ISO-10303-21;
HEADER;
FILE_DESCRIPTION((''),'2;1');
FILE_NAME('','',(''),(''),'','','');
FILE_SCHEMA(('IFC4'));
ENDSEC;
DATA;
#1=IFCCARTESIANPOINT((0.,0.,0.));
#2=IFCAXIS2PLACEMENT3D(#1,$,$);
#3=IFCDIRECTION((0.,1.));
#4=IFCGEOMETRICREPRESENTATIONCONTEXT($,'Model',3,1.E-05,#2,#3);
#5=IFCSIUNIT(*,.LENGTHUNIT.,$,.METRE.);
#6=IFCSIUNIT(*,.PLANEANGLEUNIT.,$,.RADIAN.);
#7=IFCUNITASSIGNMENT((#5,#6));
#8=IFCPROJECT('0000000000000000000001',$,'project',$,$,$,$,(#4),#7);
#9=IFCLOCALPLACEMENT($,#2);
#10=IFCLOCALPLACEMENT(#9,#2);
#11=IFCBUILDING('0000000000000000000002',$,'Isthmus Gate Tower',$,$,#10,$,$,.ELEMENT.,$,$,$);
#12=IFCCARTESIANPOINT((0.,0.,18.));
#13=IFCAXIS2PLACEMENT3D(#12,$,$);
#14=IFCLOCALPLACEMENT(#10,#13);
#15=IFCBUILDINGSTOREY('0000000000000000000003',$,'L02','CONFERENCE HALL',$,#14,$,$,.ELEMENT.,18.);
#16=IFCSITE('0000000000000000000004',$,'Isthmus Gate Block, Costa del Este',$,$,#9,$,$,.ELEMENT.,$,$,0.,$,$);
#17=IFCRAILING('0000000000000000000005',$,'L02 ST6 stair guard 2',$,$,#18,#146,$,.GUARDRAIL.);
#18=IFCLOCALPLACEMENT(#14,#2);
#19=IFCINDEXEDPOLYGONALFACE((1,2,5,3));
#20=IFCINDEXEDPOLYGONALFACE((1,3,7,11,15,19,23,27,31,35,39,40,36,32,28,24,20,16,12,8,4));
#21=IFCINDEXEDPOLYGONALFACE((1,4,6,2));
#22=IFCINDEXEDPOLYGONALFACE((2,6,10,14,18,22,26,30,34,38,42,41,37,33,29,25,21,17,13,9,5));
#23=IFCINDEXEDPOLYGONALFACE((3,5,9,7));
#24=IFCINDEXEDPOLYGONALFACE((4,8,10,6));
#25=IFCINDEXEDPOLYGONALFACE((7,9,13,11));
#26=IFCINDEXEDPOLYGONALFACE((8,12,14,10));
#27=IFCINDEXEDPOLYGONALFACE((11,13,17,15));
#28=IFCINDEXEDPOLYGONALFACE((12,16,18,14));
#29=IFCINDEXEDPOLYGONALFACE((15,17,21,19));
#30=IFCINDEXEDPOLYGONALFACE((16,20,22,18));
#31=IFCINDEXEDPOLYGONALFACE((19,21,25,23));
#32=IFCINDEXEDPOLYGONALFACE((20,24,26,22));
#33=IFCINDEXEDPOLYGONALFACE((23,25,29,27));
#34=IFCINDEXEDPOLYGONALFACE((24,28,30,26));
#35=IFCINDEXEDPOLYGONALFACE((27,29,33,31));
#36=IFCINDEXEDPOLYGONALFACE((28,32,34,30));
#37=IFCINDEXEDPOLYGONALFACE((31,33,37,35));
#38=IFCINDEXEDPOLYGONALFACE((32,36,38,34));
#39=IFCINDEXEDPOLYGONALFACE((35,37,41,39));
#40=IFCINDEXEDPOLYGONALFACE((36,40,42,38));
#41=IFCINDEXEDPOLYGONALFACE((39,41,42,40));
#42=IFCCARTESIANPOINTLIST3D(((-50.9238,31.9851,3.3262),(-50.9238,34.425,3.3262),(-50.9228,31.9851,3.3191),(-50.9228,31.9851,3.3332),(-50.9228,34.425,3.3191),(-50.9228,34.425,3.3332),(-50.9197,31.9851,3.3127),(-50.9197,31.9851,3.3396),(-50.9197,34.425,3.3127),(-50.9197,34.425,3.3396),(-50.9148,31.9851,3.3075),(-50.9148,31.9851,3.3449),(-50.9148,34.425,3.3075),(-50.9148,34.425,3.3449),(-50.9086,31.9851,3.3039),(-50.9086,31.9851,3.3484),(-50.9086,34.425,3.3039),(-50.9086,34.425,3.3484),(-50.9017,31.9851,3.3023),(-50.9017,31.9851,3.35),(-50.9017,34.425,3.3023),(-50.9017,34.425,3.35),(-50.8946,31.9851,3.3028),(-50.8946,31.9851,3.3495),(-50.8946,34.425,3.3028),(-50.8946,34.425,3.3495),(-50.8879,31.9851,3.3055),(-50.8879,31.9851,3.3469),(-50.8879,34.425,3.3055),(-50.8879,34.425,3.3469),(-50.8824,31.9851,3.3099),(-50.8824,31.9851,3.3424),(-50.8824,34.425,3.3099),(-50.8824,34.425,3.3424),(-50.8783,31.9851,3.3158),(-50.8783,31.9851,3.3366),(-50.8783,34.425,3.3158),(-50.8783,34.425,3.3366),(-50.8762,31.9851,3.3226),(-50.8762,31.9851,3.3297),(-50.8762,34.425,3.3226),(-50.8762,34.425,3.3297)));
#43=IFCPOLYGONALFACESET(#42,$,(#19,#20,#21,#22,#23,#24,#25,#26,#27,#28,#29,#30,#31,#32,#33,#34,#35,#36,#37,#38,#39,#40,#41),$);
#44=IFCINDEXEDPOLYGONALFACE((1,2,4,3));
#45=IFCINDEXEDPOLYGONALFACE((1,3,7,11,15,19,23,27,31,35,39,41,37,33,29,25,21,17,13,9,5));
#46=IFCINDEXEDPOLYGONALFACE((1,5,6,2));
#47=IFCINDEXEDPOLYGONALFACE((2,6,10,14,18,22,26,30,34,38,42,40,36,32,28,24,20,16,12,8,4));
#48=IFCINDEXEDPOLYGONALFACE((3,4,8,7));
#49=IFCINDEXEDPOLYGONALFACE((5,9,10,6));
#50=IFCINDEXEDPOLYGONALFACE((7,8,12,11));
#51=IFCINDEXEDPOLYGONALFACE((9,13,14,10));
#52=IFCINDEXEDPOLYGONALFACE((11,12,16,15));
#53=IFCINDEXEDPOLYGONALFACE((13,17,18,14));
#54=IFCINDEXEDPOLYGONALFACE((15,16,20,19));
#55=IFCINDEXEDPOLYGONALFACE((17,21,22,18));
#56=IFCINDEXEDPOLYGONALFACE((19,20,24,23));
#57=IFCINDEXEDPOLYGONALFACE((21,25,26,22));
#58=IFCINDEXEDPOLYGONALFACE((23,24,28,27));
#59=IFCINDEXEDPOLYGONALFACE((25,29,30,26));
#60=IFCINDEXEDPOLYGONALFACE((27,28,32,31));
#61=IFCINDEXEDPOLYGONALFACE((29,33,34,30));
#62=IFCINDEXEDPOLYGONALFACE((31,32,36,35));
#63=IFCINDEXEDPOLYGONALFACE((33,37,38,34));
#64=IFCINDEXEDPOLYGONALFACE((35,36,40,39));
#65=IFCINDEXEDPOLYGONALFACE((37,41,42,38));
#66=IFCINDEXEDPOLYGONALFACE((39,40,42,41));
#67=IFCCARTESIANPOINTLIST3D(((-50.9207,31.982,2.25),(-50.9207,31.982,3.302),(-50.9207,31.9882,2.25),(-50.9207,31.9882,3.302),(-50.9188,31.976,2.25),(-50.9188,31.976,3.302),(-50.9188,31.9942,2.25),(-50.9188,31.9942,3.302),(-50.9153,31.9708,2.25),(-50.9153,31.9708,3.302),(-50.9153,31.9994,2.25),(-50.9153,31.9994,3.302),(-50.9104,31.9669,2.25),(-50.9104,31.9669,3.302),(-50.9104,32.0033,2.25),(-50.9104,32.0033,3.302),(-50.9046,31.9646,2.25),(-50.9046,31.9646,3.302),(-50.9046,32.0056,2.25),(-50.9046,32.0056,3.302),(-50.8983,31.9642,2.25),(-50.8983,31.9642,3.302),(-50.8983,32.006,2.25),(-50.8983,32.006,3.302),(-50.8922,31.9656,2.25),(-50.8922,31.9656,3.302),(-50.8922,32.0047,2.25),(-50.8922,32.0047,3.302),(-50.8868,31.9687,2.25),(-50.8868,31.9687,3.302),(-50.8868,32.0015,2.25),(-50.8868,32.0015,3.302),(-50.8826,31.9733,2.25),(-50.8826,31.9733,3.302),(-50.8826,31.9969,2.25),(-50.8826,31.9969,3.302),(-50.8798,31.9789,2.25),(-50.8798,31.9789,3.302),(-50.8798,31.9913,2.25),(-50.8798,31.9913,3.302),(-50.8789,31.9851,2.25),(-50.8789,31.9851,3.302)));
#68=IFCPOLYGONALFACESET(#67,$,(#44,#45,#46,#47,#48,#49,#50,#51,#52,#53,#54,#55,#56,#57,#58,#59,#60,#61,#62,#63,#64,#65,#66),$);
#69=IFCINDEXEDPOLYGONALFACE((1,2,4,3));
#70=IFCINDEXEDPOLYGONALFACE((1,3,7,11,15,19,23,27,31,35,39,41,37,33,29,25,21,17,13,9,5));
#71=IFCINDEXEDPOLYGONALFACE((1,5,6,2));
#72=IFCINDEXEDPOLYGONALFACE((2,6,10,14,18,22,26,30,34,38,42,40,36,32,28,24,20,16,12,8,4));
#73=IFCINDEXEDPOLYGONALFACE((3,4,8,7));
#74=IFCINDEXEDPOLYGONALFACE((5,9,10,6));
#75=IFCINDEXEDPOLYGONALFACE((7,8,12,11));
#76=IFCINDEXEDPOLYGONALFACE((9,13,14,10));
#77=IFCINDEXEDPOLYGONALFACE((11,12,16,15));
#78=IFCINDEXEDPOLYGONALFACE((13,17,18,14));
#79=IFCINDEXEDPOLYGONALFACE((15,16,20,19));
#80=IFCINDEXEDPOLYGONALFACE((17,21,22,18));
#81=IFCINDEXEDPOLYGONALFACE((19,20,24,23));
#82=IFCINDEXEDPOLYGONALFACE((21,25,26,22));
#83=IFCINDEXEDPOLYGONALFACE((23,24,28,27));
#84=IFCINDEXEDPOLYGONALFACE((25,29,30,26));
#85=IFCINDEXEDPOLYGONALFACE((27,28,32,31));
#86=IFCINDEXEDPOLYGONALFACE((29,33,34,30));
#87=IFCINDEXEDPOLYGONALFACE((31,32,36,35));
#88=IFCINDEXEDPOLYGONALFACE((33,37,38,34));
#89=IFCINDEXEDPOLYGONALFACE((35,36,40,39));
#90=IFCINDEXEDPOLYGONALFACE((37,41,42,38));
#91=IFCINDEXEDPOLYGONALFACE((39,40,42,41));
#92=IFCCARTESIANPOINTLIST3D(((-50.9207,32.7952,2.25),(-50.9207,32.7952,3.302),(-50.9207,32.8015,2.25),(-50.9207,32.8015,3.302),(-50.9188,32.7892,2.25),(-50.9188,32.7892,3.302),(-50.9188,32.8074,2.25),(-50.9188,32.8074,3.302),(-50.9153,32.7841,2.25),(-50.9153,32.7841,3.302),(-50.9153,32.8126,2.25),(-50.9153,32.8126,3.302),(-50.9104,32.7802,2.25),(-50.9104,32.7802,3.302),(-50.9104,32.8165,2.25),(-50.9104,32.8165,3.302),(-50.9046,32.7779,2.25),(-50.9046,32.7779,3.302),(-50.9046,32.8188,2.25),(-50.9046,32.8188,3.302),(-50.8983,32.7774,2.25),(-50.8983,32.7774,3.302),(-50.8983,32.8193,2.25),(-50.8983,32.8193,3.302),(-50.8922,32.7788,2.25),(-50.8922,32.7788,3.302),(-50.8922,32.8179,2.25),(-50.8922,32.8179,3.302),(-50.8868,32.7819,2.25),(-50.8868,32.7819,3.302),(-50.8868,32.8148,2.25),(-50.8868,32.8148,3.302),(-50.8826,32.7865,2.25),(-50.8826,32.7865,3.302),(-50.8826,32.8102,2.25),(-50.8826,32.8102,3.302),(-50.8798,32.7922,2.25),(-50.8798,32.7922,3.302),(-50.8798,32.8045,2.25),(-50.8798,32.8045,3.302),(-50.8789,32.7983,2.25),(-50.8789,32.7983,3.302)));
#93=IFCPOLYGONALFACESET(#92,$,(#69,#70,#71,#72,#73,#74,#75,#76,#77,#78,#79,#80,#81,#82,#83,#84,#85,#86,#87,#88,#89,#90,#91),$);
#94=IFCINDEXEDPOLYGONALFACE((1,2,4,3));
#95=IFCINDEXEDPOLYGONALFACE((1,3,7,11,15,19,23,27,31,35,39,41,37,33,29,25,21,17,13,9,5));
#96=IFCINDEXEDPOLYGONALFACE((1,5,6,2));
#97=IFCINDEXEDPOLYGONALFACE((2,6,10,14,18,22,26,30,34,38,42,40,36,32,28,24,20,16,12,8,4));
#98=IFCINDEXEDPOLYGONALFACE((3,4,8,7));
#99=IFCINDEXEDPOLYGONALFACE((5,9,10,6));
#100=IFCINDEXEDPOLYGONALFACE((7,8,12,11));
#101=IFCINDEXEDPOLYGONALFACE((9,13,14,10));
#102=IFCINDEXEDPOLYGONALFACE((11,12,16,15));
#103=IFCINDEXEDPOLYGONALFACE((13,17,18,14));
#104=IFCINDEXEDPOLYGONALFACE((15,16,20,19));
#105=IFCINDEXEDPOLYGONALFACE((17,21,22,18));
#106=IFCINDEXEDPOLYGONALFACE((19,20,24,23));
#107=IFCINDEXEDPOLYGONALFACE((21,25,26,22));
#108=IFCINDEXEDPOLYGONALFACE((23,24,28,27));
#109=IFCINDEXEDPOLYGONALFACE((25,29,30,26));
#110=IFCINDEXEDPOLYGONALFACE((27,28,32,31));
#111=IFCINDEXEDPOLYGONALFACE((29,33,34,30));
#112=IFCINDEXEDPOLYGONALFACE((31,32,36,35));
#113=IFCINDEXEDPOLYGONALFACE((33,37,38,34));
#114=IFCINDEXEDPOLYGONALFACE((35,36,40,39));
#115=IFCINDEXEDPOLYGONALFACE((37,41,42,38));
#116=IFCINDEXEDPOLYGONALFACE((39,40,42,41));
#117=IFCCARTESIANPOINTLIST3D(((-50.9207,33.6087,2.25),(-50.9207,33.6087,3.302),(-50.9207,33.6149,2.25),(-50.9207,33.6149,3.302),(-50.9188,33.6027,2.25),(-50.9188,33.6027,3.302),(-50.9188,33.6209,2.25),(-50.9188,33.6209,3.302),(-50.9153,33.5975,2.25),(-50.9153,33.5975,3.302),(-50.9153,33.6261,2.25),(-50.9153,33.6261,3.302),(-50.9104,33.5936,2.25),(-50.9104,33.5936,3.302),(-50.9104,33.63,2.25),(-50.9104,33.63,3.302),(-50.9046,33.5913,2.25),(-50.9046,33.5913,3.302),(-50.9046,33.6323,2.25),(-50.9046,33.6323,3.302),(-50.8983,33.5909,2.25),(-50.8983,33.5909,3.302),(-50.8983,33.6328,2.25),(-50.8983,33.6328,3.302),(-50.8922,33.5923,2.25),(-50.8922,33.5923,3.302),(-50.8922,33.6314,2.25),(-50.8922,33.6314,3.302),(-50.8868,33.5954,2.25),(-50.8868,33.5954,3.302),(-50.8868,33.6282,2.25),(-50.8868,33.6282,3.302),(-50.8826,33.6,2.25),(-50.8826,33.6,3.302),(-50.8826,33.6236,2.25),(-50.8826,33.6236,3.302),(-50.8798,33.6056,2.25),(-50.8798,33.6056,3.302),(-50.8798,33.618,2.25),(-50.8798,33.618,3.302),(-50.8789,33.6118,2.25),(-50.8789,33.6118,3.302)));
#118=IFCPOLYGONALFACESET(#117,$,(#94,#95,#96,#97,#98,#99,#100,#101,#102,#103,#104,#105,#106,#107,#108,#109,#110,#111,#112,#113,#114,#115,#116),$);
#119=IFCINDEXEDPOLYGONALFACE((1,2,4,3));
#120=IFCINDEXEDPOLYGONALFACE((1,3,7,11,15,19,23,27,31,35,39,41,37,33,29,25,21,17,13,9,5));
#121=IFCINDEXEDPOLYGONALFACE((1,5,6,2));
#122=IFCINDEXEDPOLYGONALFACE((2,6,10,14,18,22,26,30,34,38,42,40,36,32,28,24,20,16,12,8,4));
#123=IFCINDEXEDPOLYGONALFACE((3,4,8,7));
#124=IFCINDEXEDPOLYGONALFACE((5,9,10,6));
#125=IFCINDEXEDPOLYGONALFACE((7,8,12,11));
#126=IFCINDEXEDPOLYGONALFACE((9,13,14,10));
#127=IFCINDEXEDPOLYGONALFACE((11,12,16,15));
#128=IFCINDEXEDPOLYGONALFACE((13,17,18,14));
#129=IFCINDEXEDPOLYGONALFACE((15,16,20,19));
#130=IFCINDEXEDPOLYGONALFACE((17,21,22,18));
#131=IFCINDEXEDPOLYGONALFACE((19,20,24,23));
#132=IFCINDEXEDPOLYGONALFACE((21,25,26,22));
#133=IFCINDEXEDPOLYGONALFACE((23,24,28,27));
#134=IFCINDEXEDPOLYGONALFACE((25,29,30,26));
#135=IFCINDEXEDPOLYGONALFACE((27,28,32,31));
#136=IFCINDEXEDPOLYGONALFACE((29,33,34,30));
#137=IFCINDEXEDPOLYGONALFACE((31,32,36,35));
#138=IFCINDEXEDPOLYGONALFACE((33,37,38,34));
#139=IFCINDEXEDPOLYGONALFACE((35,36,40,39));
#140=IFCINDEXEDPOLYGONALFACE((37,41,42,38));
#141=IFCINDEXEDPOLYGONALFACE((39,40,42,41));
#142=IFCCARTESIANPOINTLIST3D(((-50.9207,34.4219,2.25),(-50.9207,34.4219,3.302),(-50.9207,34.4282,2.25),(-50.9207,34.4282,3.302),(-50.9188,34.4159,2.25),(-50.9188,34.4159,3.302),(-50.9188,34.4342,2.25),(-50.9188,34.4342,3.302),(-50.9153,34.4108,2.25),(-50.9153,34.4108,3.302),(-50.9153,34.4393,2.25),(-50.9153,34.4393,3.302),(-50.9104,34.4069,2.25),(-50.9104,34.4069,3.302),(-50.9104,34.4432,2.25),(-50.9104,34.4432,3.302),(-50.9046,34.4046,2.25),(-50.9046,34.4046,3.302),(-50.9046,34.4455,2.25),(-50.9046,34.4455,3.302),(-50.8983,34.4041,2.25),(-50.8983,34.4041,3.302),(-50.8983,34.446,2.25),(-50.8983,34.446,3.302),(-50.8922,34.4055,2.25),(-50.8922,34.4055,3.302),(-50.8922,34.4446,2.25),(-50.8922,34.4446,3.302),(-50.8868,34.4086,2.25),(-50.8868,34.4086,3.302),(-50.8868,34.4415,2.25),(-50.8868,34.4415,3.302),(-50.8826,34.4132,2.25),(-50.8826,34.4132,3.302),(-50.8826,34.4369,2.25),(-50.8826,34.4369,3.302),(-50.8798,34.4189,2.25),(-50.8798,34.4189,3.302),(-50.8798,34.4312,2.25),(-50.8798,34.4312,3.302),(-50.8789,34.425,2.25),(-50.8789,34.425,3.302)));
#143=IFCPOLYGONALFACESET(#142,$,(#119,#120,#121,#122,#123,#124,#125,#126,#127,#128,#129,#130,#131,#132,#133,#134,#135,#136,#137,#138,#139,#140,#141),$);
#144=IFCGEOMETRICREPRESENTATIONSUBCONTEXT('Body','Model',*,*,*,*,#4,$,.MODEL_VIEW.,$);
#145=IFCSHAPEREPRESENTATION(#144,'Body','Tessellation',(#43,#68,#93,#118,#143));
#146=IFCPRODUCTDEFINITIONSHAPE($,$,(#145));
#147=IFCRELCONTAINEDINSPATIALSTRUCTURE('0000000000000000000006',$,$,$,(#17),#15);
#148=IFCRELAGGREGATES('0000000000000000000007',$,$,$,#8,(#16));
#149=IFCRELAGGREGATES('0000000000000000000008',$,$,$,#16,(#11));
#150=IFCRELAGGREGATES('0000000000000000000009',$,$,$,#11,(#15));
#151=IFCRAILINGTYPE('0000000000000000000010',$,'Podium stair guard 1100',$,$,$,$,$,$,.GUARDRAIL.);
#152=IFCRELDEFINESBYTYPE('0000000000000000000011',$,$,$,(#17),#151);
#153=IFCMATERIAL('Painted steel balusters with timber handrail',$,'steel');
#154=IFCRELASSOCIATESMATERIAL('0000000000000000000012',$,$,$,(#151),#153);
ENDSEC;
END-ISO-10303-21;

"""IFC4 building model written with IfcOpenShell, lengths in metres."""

from ifc_helpers import new_model, si_unit, direction, frame, origin, origin_2d, place, context, subcontext, project, spatial, circle, extrude, material, type_object, element, save


model = new_model("IFC4")

# Units and contexts
model_context = context("Model", 3, precision=1e-05, world=origin(), true_north=direction((0.0, 1.0)))
body_context = subcontext(model_context, "Body", "Model", "MODEL_VIEW")
ifc_project = project(units=[si_unit("LENGTHUNIT", "METRE"), si_unit("PLANEANGLEUNIT", "RADIAN")], contexts=[model_context])

# Site, building, storey
site_placement = place(None, origin())
site = spatial("IfcSite", under=ifc_project, at=site_placement, Name="Isthmus Gate Block, Costa del Este", CompositionType="ELEMENT", RefElevation=0.0)
building_placement = place(site_placement, origin())
building = spatial("IfcBuilding", under=site, at=building_placement, Name="Isthmus Gate Tower", CompositionType="ELEMENT")
storey_placement = place(building_placement, frame((0.0, 0.0, 18.0)))
storey = spatial("IfcBuildingStorey", under=building, at=storey_placement, Name="L02", Description="CONFERENCE HALL", CompositionType="ELEMENT", Elevation=18.0)

# Railing
ifc_material_1 = material(Name="Painted steel balusters with timber handrail", Category="steel")
railing_type_1 = type_object("IfcRailingType", Name="Podium stair guard 1100", PredefinedType="GUARDRAIL", material=ifc_material_1)
railing_1_placement = place(storey_placement, frame((-50.8999, 31.9851, 2.25)))
element("IfcRailing", 1, at=railing_1_placement, inside=storey, type_object=railing_type_1, Name="L02 ST6 stair guard 2", PredefinedType="GUARDRAIL", context=body_context, shape_type="SweptSolid", body=[
    extrude(circle(Radius=0.0239, at=origin_2d()), frame((0.0, 0.0, 1.0762), z_axis=(0.0, 1.0, 0.0), x_axis=(-1.0, 0.0, 0.0)), (0.0, 0.0, 1.0), 2.4399),
    extrude(circle(Radius=0.021, at=origin_2d()), origin(), (0.0, 0.0, 1.0), 1.052),
    extrude(circle(Radius=0.021, at=origin_2d()), frame((0.0, 0.8132, 0.0)), (0.0, 0.0, 1.0), 1.052),
    extrude(circle(Radius=0.021, at=origin_2d()), frame((0.0, 1.6267, 0.0)), (0.0, 0.0, 1.0), 1.052),
    extrude(circle(Radius=0.021, at=origin_2d()), frame((0.0, 2.4399, 0.0)), (0.0, 0.0, 1.0), 1.052),
])

save(model, "model.ifc")
